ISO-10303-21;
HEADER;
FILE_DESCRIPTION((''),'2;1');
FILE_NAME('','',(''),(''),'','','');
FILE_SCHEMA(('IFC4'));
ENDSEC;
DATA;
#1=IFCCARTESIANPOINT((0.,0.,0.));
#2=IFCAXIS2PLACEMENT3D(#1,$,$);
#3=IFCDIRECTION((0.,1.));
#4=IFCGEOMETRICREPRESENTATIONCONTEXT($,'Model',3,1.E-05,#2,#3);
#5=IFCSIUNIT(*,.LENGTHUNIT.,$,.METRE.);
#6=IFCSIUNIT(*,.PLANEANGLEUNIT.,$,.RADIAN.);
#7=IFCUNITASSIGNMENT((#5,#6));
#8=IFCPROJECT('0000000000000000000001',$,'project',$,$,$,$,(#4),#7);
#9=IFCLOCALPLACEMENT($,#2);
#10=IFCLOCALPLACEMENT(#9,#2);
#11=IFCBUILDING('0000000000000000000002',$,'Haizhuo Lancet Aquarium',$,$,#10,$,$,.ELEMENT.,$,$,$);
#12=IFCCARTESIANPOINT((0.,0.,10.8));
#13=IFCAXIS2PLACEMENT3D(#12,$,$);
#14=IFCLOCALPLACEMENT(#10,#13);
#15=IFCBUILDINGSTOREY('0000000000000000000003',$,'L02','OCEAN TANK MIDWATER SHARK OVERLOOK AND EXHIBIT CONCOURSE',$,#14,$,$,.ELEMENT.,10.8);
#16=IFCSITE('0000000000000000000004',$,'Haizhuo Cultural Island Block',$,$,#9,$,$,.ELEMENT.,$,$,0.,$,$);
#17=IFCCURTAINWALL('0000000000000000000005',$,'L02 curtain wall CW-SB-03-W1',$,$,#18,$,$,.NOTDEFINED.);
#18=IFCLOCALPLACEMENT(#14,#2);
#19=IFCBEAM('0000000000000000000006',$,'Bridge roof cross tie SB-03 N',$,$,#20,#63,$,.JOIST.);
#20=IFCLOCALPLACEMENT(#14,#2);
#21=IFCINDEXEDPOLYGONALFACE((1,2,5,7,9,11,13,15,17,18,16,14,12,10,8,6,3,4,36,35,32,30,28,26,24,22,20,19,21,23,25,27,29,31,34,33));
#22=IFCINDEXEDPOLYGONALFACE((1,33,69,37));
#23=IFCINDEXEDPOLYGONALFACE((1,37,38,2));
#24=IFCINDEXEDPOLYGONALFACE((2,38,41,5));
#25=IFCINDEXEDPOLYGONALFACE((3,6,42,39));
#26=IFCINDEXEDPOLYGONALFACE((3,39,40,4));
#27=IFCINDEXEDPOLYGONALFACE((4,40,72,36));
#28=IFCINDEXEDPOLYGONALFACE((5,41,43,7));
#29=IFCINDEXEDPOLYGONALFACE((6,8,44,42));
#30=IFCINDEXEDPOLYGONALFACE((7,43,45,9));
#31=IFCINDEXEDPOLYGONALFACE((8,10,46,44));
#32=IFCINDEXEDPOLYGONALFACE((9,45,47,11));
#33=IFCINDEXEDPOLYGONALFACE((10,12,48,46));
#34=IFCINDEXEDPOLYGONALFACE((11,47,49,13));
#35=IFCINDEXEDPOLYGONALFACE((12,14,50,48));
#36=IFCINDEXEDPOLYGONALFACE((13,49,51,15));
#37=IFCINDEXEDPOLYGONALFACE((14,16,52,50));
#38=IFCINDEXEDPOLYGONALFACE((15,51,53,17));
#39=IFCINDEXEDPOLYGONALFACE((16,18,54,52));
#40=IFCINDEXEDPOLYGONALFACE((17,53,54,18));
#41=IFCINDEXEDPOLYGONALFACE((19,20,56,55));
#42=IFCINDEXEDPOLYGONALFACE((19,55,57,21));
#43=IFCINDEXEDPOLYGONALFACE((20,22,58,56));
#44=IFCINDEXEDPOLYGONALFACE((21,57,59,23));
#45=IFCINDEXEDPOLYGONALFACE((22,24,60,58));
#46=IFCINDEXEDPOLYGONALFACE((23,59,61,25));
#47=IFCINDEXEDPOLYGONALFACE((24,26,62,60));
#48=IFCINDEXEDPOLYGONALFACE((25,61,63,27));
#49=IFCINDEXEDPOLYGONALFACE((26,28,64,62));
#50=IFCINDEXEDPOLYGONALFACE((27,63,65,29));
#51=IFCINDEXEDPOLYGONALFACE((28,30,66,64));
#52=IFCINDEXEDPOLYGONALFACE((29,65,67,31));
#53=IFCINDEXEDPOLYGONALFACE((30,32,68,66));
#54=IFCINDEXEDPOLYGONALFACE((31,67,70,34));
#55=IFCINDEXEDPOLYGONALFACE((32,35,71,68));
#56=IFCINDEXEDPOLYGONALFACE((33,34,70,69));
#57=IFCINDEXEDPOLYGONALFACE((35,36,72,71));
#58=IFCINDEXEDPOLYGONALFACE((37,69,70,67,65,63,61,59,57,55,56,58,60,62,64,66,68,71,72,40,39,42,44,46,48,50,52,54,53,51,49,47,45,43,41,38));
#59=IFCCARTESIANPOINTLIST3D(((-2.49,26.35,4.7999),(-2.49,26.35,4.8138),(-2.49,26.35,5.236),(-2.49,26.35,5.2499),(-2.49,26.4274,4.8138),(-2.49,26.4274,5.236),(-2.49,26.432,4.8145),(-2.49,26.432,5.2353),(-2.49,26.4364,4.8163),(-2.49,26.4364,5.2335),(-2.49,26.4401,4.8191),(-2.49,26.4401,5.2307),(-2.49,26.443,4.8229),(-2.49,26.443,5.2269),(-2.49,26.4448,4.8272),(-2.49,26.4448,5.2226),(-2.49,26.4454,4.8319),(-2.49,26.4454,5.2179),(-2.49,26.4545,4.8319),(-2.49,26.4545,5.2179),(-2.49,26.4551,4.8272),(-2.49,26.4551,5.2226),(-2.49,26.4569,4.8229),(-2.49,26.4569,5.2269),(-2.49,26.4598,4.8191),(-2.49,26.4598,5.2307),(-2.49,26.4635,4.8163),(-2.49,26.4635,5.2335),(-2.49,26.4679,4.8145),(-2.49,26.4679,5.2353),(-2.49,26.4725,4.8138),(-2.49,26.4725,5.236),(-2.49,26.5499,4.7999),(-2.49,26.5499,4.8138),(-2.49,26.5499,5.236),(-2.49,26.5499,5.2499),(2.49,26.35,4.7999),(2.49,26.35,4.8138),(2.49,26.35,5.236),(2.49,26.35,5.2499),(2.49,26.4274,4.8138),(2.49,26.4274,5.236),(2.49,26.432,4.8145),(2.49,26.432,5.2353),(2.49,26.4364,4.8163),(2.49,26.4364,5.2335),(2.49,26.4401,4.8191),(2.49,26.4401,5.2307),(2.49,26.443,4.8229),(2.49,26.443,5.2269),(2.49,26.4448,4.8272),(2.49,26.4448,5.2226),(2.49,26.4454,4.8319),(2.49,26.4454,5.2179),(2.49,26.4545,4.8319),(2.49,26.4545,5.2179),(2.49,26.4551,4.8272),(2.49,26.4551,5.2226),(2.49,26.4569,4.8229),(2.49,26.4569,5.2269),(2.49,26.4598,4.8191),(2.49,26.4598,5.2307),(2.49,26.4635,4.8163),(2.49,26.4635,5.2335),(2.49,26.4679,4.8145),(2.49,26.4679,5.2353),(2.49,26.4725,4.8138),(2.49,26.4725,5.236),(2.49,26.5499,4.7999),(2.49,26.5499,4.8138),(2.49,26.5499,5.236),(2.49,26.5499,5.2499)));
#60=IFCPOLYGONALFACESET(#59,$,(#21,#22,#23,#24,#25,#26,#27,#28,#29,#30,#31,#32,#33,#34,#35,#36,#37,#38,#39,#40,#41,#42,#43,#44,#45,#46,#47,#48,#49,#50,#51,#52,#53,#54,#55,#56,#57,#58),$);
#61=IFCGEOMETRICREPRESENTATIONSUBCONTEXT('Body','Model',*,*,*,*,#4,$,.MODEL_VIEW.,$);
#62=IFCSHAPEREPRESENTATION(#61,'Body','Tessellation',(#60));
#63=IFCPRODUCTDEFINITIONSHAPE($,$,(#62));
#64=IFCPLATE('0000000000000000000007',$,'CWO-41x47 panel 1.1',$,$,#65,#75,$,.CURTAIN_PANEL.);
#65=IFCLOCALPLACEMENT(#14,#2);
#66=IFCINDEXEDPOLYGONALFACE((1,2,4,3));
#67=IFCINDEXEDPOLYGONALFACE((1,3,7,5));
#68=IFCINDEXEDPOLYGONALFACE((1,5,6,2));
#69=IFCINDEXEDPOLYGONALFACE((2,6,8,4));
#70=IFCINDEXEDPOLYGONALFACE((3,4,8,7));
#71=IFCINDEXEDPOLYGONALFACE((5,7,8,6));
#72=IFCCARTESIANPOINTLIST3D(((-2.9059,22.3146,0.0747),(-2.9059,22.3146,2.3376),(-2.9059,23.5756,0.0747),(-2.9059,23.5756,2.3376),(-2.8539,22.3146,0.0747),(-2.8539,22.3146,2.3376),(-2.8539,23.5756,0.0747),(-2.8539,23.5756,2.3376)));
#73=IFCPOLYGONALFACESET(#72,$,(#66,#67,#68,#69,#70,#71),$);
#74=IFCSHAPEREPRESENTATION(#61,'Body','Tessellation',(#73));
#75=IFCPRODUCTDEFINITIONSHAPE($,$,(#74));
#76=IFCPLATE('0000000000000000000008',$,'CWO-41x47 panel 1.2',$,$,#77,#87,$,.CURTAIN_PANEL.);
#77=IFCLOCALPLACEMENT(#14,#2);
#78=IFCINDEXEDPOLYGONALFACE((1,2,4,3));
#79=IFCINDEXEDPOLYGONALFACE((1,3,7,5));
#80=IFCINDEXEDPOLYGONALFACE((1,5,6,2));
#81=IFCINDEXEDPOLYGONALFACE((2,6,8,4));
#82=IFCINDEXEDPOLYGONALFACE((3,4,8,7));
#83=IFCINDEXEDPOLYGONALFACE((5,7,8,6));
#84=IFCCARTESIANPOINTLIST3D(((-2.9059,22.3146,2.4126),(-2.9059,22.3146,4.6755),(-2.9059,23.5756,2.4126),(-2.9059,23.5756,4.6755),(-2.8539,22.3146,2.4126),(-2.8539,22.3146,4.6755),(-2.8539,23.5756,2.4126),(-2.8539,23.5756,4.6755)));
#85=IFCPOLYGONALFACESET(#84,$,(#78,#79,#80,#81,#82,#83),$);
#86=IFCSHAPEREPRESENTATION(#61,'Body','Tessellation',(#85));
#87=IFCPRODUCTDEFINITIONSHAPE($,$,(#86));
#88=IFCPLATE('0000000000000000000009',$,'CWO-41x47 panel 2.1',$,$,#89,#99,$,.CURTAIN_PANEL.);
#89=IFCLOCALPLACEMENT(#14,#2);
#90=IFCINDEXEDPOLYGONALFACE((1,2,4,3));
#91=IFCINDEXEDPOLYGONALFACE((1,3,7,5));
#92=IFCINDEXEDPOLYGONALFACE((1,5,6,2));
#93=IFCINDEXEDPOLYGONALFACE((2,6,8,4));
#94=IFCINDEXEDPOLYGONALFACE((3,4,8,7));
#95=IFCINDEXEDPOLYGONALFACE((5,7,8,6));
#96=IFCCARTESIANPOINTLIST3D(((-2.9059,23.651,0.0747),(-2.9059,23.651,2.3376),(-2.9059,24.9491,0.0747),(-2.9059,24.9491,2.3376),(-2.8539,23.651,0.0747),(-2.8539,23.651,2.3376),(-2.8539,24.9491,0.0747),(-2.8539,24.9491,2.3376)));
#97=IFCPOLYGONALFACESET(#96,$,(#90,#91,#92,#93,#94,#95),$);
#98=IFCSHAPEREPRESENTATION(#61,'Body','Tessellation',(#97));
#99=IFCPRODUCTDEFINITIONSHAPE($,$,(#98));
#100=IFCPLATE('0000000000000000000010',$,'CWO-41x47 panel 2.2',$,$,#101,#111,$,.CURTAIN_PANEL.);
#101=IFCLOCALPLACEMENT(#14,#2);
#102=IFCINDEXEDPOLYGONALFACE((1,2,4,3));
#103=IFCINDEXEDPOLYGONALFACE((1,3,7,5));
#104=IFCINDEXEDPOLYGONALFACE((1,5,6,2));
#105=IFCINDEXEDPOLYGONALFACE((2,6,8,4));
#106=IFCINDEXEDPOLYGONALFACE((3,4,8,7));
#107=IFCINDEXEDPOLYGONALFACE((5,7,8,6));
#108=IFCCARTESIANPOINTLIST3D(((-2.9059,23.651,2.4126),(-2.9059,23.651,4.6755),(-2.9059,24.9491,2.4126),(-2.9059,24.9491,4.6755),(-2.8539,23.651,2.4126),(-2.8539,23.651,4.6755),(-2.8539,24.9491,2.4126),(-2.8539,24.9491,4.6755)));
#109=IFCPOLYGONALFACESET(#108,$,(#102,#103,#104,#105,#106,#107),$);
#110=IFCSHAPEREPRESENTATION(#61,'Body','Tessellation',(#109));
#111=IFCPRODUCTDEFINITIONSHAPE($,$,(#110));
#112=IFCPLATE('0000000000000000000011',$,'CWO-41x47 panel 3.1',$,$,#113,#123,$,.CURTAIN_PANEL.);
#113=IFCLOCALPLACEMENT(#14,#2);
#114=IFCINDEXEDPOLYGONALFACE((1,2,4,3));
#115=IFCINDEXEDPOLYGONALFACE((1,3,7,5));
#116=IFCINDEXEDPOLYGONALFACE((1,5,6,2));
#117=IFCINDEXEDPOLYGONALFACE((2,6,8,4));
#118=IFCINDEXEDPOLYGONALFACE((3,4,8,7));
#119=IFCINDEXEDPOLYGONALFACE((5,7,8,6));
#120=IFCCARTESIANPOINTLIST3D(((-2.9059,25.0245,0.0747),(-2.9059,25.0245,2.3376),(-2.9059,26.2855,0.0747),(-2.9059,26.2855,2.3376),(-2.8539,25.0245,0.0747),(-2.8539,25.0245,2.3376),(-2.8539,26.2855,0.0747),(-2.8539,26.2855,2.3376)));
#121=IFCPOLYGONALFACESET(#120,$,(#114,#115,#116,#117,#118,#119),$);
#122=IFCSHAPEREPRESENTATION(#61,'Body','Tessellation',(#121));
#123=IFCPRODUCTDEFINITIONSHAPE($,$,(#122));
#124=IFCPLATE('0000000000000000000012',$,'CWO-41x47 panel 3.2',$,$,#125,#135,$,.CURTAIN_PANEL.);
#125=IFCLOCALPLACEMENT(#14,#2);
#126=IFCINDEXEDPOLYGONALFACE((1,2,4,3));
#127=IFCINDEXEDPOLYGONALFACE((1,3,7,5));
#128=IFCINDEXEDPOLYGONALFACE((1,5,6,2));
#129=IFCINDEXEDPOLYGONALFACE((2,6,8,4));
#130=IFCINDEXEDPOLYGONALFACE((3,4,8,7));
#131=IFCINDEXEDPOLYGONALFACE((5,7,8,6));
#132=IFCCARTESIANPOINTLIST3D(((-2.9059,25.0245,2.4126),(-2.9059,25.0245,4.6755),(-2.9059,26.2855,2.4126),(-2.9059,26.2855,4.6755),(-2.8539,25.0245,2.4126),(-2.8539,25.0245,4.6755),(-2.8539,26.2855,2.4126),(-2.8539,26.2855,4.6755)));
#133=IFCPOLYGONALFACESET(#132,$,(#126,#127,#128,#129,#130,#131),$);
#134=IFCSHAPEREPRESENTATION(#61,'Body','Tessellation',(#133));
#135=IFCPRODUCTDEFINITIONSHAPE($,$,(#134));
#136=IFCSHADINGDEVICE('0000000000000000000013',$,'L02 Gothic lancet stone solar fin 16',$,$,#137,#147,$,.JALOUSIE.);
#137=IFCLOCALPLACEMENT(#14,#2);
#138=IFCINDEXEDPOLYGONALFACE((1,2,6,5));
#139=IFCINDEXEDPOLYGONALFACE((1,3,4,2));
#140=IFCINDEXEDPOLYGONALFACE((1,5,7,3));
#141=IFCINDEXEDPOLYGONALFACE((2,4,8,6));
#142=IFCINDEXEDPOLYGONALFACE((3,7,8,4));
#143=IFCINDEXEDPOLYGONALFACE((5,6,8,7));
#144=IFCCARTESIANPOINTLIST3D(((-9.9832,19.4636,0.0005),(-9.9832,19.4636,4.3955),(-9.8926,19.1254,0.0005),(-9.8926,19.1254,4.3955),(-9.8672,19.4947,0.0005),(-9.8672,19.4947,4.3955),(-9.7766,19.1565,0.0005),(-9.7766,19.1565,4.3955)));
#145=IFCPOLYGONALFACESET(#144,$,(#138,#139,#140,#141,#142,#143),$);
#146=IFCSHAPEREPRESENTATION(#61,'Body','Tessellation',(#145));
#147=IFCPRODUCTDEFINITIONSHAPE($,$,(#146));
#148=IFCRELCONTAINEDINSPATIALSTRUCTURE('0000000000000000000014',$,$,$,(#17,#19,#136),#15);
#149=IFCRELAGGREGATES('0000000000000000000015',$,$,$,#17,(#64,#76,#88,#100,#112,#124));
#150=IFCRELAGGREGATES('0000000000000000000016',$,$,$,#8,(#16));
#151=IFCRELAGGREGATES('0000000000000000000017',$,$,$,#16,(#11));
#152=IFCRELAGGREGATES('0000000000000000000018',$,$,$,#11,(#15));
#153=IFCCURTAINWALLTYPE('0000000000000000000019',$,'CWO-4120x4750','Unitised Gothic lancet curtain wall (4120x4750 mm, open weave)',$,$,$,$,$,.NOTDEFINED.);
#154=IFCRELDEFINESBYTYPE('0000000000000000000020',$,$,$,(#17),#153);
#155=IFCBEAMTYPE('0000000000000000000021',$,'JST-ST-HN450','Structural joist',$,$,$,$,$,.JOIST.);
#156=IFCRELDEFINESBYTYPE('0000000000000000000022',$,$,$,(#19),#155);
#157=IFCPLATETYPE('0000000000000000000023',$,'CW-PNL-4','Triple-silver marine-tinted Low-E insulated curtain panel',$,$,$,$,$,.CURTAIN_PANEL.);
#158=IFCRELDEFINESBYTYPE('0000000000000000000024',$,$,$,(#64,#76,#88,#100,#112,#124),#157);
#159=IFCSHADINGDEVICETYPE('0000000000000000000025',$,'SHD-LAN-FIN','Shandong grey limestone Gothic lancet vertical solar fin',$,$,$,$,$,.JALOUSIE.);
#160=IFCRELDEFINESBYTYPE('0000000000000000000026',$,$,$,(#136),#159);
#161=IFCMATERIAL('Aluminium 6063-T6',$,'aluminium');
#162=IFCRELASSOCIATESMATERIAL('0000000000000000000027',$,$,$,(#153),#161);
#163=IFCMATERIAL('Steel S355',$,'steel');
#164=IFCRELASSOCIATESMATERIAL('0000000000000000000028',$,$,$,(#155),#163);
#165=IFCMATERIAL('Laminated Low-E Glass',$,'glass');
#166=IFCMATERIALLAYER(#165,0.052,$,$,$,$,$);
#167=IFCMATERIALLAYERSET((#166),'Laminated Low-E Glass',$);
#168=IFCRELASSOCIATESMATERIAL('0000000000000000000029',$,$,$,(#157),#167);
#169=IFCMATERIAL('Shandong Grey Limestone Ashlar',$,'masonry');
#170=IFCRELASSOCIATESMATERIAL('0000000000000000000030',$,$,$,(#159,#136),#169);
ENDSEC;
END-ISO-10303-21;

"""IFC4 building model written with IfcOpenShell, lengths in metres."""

from ifc_helpers import new_model, si_unit, direction, frame, origin, origin_2d, place, context, subcontext, project, spatial, rectangle, i_section, extrude, material, layer, layer_set, material_profile, profile_set, type_object, element, aggregate, save


model = new_model("IFC4")

# Units and contexts
model_context = context("Model", 3, precision=1e-05, world=origin(), true_north=direction((0.0, 1.0)))
body_context = subcontext(model_context, "Body", "Model", "MODEL_VIEW")
ifc_project = project(units=[si_unit("LENGTHUNIT", "METRE"), si_unit("PLANEANGLEUNIT", "RADIAN")], contexts=[model_context])

# Site, building, storey
site_placement = place(None, origin())
site = spatial("IfcSite", under=ifc_project, at=site_placement, Name="Haizhuo Cultural Island Block", CompositionType="ELEMENT", RefElevation=0.0)
building_placement = place(site_placement, origin())
building = spatial("IfcBuilding", under=site, at=building_placement, Name="Haizhuo Lancet Aquarium", CompositionType="ELEMENT")
storey_placement = place(building_placement, frame((0.0, 0.0, 10.8)))
storey = spatial("IfcBuildingStorey", under=building, at=storey_placement, Name="L02", Description="OCEAN TANK MIDWATER SHARK OVERLOOK AND EXHIBIT CONCOURSE", CompositionType="ELEMENT", Elevation=10.8)

# Curtain wall
ifc_material_1 = material(Name="Aluminium 6063-T6", Category="aluminium")
curtain_wall_type = type_object("IfcCurtainWallType", Name="CWO-4120x4750", Description="Unitised Gothic lancet curtain wall (4120x4750 mm, open weave)", PredefinedType="NOTDEFINED", material=ifc_material_1)
curtain_wall_placement = place(storey_placement, origin())
curtain_wall = element("IfcCurtainWall", 1, at=curtain_wall_placement, inside=storey, type_object=curtain_wall_type, Name="L02 curtain wall CW-SB-03-W1", PredefinedType="NOTDEFINED")

# Beam
ifc_material_2 = material(Name="Steel S355", Category="steel")
ifc_material_profile_1 = material_profile(ifc_material_2, i_section(OverallWidth=0.2, OverallDepth=0.45, WebThickness=0.009, FlangeThickness=0.0139, FilletRadius=0.0181, at=origin_2d()), Name="HN 450x200x9x14")
ifc_profile_set_1 = profile_set([ifc_material_profile_1], Name="Steel S355")
beam_type = type_object("IfcBeamType", Name="JST-ST-HN450", Description="Structural joist", PredefinedType="JOIST", material=ifc_profile_set_1)
for number, where, z_axis, x_axis, name in (
    (2, (-2.49, 26.45, 5.0249), (1.0, 0.0, 0.0), (0.0, 1.0, 0.0), "Bridge roof cross tie SB-03 N"),
):
    element("IfcBeam", number, at=place(storey_placement, frame(where, z_axis=z_axis, x_axis=x_axis)), inside=storey, type_object=beam_type, Name=name, PredefinedType="JOIST", context=body_context, shape_type="SweptSolid", body=[
        extrude(i_section(OverallWidth=0.2, OverallDepth=0.45, WebThickness=0.009, FlangeThickness=0.0139, FilletRadius=0.0181, at=origin_2d()), origin(), (0.0, 0.0, 1.0), 4.98),
    ])

# Plates
ifc_material_3 = material(Name="Laminated Low-E Glass", Category="glass")
ifc_layer = layer(ifc_material_3, 0.052)
ifc_layer_set = layer_set([ifc_layer], Name="Laminated Low-E Glass")
plate_type = type_object("IfcPlateType", Name="CW-PNL-4", Description="Triple-silver marine-tinted Low-E insulated curtain panel", PredefinedType="CURTAIN_PANEL", material=ifc_layer_set)
plate_1_placement = place(storey_placement, frame((-2.8799, 22.9451, 0.0747), z_axis=(0.0, 0.0, 1.0), x_axis=(0.0, 1.0, 0.0)))
plate_1 = element("IfcPlate", 3, at=plate_1_placement, type_object=plate_type, Name="CWO-41x47 panel 1.1", PredefinedType="CURTAIN_PANEL", context=body_context, shape_type="SweptSolid", body=[
    extrude(rectangle(XDim=1.261, YDim=0.052, at=origin_2d()), origin(), (0.0, 0.0, 1.0), 2.2629),
])
plate_2_placement = place(storey_placement, frame((-2.8799, 22.9451, 2.4126), z_axis=(0.0, 0.0, 1.0), x_axis=(0.0, 1.0, 0.0)))
plate_2 = element("IfcPlate", 4, at=plate_2_placement, type_object=plate_type, Name="CWO-41x47 panel 1.2", PredefinedType="CURTAIN_PANEL", context=body_context, shape_type="SweptSolid", body=[
    extrude(rectangle(XDim=1.261, YDim=0.052, at=origin_2d()), origin(), (0.0, 0.0, 1.0), 2.2629),
])
plate_3_placement = place(storey_placement, frame((-2.8799, 24.3, 0.0747), z_axis=(0.0, 0.0, 1.0), x_axis=(0.0, 1.0, 0.0)))
plate_3 = element("IfcPlate", 5, at=plate_3_placement, type_object=plate_type, Name="CWO-41x47 panel 2.1", PredefinedType="CURTAIN_PANEL", context=body_context, shape_type="SweptSolid", body=[
    extrude(rectangle(XDim=1.2981, YDim=0.052, at=origin_2d()), origin(), (0.0, 0.0, 1.0), 2.2629),
])
plate_4_placement = place(storey_placement, frame((-2.8799, 24.3, 2.4126), z_axis=(0.0, 0.0, 1.0), x_axis=(0.0, 1.0, 0.0)))
plate_4 = element("IfcPlate", 6, at=plate_4_placement, type_object=plate_type, Name="CWO-41x47 panel 2.2", PredefinedType="CURTAIN_PANEL", context=body_context, shape_type="SweptSolid", body=[
    extrude(rectangle(XDim=1.2981, YDim=0.052, at=origin_2d()), origin(), (0.0, 0.0, 1.0), 2.2629),
])
plate_5_placement = place(storey_placement, frame((-2.8799, 25.655, 0.0747), z_axis=(0.0, 0.0, 1.0), x_axis=(0.0, 1.0, 0.0)))
plate_5 = element("IfcPlate", 7, at=plate_5_placement, type_object=plate_type, Name="CWO-41x47 panel 3.1", PredefinedType="CURTAIN_PANEL", context=body_context, shape_type="SweptSolid", body=[
    extrude(rectangle(XDim=1.261, YDim=0.052, at=origin_2d()), origin(), (0.0, 0.0, 1.0), 2.2629),
])
plate_6_placement = place(storey_placement, frame((-2.8799, 25.655, 2.4126), z_axis=(0.0, 0.0, 1.0), x_axis=(0.0, 1.0, 0.0)))
plate_6 = element("IfcPlate", 8, at=plate_6_placement, type_object=plate_type, Name="CWO-41x47 panel 3.2", PredefinedType="CURTAIN_PANEL", context=body_context, shape_type="SweptSolid", body=[
    extrude(rectangle(XDim=1.261, YDim=0.052, at=origin_2d()), origin(), (0.0, 0.0, 1.0), 2.2629),
])
aggregate(curtain_wall, [plate_1, plate_2, plate_3, plate_4, plate_5, plate_6])

# Shading device
ifc_material_4 = material(Name="Shandong Grey Limestone Ashlar", Category="masonry")
shading_device_type = type_object("IfcShadingDeviceType", Name="SHD-LAN-FIN", Description="Shandong grey limestone Gothic lancet vertical solar fin", PredefinedType="JALOUSIE", material=ifc_material_4)
shading_device_placement = place(storey_placement, frame((-9.8799, 19.3101, 0.0005), z_axis=(0.0, 0.0, 1.0), x_axis=(0.965933, 0.258794, 0.0)))
element("IfcShadingDevice", 9, at=shading_device_placement, inside=storey, type_object=shading_device_type, material=ifc_material_4, Name="L02 Gothic lancet stone solar fin 16", PredefinedType="JALOUSIE", context=body_context, shape_type="SweptSolid", body=[
    extrude(rectangle(XDim=0.1201, YDim=0.3501, at=origin_2d()), origin(), (0.0, 0.0, 1.0), 4.395),
])

save(model, "model.ifc")
